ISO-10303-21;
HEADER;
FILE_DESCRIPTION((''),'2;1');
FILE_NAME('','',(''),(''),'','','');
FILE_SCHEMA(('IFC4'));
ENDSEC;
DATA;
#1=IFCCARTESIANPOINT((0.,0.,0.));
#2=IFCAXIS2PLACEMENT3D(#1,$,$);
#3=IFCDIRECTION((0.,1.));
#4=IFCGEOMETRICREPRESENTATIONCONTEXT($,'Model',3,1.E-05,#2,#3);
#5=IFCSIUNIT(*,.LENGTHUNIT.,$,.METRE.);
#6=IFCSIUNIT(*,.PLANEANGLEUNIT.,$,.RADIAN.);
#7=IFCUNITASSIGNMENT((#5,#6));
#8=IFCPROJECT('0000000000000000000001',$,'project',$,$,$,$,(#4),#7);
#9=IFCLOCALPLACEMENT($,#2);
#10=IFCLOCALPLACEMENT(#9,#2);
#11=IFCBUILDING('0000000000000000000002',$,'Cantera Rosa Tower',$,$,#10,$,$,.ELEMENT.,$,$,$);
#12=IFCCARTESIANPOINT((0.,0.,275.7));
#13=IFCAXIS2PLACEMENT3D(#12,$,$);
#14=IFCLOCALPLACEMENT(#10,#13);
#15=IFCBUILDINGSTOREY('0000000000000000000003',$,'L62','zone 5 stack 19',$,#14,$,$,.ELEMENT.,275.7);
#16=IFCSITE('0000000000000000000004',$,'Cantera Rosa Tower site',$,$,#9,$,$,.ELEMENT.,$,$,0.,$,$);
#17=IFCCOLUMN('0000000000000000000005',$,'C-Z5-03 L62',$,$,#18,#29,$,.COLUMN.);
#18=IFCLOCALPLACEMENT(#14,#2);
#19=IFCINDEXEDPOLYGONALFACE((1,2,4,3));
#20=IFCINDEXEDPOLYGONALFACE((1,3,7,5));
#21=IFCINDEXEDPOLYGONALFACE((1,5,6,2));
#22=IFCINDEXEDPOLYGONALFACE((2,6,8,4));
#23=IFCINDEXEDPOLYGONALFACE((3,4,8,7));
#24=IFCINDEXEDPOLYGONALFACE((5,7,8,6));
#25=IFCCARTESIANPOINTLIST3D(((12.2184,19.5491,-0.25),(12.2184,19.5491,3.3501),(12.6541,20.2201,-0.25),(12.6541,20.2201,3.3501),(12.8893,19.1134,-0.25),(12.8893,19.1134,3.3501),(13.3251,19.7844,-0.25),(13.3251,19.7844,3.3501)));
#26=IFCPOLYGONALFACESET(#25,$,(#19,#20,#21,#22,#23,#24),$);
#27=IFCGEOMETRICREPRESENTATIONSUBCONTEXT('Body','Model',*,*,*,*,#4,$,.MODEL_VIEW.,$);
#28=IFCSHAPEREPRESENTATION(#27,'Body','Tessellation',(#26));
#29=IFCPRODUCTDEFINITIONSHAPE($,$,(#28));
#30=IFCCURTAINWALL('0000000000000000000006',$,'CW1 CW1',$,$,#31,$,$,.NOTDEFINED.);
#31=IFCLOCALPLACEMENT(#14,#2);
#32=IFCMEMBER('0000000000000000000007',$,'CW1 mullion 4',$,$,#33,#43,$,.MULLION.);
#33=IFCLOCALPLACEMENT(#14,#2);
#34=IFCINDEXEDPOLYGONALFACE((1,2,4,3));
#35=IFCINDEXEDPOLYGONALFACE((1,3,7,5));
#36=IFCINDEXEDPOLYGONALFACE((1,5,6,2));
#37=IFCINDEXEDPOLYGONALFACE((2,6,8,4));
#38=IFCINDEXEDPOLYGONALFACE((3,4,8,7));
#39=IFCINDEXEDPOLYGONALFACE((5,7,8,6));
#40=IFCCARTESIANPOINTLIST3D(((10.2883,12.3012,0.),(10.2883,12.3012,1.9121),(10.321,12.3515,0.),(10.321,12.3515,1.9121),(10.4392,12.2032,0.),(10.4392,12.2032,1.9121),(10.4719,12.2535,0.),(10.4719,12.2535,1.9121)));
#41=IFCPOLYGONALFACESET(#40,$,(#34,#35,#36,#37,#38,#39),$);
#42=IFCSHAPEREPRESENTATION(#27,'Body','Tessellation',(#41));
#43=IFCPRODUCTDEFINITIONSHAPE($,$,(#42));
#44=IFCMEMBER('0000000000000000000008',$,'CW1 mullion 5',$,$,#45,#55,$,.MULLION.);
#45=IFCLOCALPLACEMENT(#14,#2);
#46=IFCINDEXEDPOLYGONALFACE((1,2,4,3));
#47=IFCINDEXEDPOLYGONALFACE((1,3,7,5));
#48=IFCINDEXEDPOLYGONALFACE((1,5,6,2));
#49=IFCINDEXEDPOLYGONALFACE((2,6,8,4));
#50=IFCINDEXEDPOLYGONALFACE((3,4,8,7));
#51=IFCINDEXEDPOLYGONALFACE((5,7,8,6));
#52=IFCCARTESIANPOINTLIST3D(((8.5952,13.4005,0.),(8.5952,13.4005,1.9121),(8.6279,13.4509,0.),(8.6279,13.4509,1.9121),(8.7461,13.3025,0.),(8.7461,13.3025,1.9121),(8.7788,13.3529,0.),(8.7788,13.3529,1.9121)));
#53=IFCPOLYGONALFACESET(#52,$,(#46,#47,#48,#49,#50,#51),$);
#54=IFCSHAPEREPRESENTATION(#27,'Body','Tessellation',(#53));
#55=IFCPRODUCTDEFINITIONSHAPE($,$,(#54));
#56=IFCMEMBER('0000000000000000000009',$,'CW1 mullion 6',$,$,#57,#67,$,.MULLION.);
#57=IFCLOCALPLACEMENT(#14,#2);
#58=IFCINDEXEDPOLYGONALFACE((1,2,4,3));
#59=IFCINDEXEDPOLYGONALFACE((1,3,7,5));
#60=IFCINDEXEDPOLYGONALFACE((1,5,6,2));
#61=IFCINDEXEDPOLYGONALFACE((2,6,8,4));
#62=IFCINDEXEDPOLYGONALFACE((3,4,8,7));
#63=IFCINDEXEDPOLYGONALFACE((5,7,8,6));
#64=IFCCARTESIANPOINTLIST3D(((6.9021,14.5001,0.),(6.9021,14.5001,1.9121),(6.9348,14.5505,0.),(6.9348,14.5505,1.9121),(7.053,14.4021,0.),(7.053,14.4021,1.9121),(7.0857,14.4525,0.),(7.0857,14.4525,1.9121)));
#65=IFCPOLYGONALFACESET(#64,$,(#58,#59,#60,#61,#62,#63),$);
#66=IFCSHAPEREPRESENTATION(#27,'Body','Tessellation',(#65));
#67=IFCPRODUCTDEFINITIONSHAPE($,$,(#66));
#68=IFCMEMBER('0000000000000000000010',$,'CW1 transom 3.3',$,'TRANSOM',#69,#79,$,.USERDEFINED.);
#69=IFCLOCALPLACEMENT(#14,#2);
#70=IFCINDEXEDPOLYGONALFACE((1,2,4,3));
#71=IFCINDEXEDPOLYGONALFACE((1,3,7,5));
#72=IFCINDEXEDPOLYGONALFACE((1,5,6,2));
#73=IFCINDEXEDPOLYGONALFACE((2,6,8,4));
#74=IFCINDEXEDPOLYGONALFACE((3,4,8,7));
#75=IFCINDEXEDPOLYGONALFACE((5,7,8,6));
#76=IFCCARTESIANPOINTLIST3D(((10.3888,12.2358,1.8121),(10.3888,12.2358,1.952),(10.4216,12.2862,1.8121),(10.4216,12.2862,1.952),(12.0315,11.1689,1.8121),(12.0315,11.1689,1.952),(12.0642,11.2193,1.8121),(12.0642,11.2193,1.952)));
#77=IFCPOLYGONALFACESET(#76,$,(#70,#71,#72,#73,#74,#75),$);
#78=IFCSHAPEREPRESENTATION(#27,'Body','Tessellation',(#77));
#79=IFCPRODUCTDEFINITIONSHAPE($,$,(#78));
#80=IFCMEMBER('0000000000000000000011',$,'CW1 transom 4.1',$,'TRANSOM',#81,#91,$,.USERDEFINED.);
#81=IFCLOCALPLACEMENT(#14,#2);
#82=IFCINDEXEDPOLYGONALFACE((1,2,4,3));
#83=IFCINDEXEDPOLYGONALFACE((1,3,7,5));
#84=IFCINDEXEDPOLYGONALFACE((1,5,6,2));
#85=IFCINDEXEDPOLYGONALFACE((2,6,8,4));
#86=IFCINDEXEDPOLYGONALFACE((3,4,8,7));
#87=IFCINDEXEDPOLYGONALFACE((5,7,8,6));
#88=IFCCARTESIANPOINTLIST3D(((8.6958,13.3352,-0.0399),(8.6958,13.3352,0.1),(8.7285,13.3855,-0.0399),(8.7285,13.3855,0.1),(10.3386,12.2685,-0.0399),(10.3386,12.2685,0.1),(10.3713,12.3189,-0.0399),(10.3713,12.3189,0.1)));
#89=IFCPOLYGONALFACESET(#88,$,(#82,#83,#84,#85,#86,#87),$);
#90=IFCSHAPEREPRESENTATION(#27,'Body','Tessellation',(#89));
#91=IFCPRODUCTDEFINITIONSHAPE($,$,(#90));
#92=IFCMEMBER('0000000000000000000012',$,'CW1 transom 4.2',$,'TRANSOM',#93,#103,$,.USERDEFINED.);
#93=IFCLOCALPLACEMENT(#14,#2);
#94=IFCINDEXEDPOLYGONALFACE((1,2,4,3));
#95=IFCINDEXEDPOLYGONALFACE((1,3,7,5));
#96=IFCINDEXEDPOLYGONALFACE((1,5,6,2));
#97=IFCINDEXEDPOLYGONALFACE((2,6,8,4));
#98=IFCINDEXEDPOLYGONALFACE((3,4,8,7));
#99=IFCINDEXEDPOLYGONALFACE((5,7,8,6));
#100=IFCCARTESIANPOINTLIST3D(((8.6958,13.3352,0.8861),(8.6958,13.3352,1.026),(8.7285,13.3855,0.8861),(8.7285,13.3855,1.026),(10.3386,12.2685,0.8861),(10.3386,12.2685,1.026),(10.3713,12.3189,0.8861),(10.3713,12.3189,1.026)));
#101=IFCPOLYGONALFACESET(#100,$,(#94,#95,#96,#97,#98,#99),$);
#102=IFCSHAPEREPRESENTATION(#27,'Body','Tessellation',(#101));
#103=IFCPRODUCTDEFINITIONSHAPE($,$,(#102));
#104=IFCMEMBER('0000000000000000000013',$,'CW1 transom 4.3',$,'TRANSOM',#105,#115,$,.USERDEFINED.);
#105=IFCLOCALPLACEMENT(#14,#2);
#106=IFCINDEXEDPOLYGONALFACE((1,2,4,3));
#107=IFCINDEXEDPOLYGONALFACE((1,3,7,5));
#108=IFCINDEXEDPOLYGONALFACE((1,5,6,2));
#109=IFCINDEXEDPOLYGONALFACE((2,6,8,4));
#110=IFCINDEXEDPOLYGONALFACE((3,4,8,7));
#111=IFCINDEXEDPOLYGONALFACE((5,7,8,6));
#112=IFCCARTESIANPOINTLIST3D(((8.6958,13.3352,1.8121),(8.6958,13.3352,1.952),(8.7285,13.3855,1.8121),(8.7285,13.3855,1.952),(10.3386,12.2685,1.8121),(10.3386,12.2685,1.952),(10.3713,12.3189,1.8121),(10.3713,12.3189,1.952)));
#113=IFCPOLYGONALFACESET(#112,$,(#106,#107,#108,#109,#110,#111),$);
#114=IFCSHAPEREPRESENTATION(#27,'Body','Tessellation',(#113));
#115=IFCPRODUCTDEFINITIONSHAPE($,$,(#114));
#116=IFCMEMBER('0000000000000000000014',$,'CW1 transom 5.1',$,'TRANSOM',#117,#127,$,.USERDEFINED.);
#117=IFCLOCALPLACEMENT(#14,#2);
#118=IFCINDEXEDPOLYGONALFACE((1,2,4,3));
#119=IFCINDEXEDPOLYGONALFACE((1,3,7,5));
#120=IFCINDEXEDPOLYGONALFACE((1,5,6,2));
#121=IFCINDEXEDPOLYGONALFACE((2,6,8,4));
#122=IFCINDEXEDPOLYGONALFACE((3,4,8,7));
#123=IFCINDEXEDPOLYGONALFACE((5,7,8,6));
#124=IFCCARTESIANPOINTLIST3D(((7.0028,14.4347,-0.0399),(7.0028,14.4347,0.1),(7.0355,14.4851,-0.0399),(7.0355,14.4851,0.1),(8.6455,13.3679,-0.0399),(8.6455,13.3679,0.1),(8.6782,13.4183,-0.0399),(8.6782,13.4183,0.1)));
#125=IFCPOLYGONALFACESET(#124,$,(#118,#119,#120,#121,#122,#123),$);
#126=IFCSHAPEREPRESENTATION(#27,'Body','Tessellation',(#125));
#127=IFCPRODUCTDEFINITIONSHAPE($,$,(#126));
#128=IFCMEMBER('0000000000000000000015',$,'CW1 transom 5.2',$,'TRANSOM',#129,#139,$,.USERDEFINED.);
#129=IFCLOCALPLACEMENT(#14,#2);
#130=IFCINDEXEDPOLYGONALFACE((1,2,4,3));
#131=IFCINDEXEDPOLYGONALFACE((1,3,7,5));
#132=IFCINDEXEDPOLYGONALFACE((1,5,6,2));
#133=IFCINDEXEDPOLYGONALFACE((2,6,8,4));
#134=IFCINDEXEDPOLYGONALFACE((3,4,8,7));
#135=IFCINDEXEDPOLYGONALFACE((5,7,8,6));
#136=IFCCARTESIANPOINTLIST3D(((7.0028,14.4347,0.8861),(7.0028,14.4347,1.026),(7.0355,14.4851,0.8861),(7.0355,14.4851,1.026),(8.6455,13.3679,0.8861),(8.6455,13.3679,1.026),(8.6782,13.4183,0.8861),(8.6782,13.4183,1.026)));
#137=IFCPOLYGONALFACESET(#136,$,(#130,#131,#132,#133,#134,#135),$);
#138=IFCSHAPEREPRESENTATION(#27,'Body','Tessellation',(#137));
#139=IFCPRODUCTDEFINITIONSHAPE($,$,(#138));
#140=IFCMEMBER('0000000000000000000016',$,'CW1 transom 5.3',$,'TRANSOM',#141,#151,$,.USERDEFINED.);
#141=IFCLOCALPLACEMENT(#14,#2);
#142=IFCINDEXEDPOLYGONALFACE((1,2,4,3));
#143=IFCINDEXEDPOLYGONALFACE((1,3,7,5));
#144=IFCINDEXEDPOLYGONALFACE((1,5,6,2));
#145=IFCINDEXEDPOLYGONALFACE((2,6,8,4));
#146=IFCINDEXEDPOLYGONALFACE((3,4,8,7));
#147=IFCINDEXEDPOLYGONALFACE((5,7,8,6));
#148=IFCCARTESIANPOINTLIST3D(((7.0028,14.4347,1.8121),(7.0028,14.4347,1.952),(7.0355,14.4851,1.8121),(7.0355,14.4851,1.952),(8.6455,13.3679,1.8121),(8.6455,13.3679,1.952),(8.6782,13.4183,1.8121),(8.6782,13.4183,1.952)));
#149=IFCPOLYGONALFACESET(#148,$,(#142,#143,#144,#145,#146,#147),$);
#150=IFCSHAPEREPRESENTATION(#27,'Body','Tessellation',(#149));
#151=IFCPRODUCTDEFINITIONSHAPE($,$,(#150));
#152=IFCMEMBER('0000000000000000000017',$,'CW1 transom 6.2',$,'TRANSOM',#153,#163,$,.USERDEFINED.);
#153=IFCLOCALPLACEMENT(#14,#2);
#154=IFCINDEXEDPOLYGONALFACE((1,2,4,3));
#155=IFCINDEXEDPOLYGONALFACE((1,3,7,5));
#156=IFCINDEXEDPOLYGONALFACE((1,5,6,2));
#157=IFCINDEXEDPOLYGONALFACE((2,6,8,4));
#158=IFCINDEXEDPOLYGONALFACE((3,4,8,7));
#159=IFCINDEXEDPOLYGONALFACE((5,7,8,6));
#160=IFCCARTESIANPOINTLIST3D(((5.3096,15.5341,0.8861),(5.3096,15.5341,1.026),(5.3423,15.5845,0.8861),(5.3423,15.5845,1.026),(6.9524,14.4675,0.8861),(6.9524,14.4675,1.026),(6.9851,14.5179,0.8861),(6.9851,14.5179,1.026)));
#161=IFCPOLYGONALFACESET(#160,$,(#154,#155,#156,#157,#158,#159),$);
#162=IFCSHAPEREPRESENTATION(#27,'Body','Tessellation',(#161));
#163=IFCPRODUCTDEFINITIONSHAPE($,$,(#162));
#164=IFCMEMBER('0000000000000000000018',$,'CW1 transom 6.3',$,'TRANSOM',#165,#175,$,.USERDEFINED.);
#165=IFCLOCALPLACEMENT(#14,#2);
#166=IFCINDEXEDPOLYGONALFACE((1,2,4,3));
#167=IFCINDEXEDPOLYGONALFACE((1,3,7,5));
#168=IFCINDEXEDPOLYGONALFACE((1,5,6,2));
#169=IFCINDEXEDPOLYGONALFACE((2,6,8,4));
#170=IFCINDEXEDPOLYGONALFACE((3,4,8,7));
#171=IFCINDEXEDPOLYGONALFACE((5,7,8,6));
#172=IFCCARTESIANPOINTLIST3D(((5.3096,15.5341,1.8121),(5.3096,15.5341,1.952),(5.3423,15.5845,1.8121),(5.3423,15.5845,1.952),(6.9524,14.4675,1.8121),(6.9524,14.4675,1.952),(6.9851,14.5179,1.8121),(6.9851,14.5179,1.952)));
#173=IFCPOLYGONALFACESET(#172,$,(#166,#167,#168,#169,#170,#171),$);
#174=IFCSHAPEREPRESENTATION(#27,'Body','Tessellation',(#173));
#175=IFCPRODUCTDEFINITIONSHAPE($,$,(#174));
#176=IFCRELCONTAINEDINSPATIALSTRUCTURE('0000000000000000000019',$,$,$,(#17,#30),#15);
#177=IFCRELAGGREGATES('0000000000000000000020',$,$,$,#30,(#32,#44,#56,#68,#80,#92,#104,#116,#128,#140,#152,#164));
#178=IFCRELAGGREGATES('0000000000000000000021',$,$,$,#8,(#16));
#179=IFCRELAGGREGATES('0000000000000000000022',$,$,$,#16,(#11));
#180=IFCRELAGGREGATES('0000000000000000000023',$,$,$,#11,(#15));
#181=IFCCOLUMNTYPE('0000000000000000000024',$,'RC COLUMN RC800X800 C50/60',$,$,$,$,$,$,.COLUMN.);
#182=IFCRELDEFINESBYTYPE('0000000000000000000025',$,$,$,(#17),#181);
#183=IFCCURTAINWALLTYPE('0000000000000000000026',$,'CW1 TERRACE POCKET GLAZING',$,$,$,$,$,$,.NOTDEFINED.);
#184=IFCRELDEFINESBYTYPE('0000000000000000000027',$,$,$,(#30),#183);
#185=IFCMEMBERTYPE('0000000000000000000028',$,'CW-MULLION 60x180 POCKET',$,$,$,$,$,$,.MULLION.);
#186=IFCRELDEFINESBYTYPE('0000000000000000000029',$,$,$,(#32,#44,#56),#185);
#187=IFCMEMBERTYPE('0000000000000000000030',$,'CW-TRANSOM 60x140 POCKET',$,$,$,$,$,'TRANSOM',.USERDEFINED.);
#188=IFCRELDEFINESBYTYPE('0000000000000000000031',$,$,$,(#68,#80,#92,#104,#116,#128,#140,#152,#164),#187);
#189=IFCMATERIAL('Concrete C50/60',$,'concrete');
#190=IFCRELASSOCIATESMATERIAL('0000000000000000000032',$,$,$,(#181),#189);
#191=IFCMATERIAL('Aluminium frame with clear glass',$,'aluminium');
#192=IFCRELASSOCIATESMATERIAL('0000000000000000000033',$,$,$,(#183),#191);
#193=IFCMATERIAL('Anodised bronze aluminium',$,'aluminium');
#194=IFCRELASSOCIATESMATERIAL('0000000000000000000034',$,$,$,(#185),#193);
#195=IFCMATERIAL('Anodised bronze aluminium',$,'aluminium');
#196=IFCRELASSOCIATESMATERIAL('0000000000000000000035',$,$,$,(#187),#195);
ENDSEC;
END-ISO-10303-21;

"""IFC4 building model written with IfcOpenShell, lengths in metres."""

from ifc_helpers import new_model, si_unit, direction, frame, origin, origin_2d, place, context, subcontext, project, spatial, rectangle, extrude, material, material_profile, profile_set, type_object, element, aggregate, save


model = new_model("IFC4")

# Units and contexts
model_context = context("Model", 3, precision=1e-05, world=origin(), true_north=direction((0.0, 1.0)))
body_context = subcontext(model_context, "Body", "Model", "MODEL_VIEW")
ifc_project = project(units=[si_unit("LENGTHUNIT", "METRE"), si_unit("PLANEANGLEUNIT", "RADIAN")], contexts=[model_context])

# Site, building, storey
site_placement = place(None, origin())
site = spatial("IfcSite", under=ifc_project, at=site_placement, Name="Cantera Rosa Tower site", CompositionType="ELEMENT", RefElevation=0.0)
building_placement = place(site_placement, origin())
building = spatial("IfcBuilding", under=site, at=building_placement, Name="Cantera Rosa Tower", CompositionType="ELEMENT")
storey_placement = place(building_placement, frame((0.0, 0.0, 275.7)))
storey = spatial("IfcBuildingStorey", under=building, at=storey_placement, Name="L62", Description="zone 5 stack 19", CompositionType="ELEMENT", Elevation=275.7)

# Column
ifc_material_1 = material(Name="Concrete C50/60", Category="concrete")
ifc_material_profile_1 = material_profile(ifc_material_1, rectangle(XDim=0.8, YDim=0.8, at=origin_2d()), Name="RC COLUMN RC800X800 C50/60")
ifc_profile_set_1 = profile_set([ifc_material_profile_1], Name="Concrete C50/60")
column_type = type_object("IfcColumnType", Name="RC COLUMN RC800X800 C50/60", PredefinedType="COLUMN", material=ifc_profile_set_1)
column_placement = place(storey_placement, frame((12.7717, 19.6667, -0.25), z_axis=(0.0, 0.0, 1.0), x_axis=(0.544639, 0.838671, 0.0)))
element("IfcColumn", 1, at=column_placement, inside=storey, type_object=column_type, Name="C-Z5-03 L62", PredefinedType="COLUMN", context=body_context, shape_type="SweptSolid", body=[
    extrude(rectangle(XDim=0.8, YDim=0.8, at=origin_2d()), origin(), (0.0, 0.0, 1.0), 3.6001),
])

# Curtain wall, members
ifc_material_2 = material(Name="Aluminium frame with clear glass", Category="aluminium")
curtain_wall_type = type_object("IfcCurtainWallType", Name="CW1 TERRACE POCKET GLAZING", PredefinedType="NOTDEFINED", material=ifc_material_2)
curtain_wall_placement = place(storey_placement, origin())
curtain_wall = element("IfcCurtainWall", 2, at=curtain_wall_placement, inside=storey, type_object=curtain_wall_type, Name="CW1 CW1", PredefinedType="NOTDEFINED")
ifc_material_3 = material(Name="Anodised bronze aluminium", Category="aluminium")
ifc_material_profile_2 = material_profile(ifc_material_3, rectangle(XDim=0.0601, YDim=0.1799, at=origin_2d()), Name="CW-MULLION 60x180 POCKET")
ifc_profile_set_2 = profile_set([ifc_material_profile_2], Name="Anodised bronze aluminium")
member_type_1 = type_object("IfcMemberType", Name="CW-MULLION 60x180 POCKET", PredefinedType="MULLION", material=ifc_profile_set_2)
member_1_placement = place(storey_placement, frame((10.3801, 12.2773, 0.0), z_axis=(0.0, 0.0, 1.0), x_axis=(-0.544639, -0.838671, 0.0)))
member_1 = element("IfcMember", 3, at=member_1_placement, type_object=member_type_1, Name="CW1 mullion 4", PredefinedType="MULLION", context=body_context, shape_type="SweptSolid", body=[
    extrude(rectangle(XDim=0.0601, YDim=0.1799, at=origin_2d()), origin(), (0.0, 0.0, 1.0), 1.9121),
])
member_2_placement = place(storey_placement, frame((8.687, 13.3767, 0.0), z_axis=(0.0, 0.0, 1.0), x_axis=(-0.544639, -0.838671, 0.0)))
member_2 = element("IfcMember", 4, at=member_2_placement, type_object=member_type_1, Name="CW1 mullion 5", PredefinedType="MULLION", context=body_context, shape_type="SweptSolid", body=[
    extrude(rectangle(XDim=0.0601, YDim=0.1799, at=origin_2d()), origin(), (0.0, 0.0, 1.0), 1.9121),
])
member_3_placement = place(storey_placement, frame((6.9939, 14.4763, 0.0), z_axis=(0.0, 0.0, 1.0), x_axis=(-0.544639, -0.838671, 0.0)))
member_3 = element("IfcMember", 5, at=member_3_placement, type_object=member_type_1, Name="CW1 mullion 6", PredefinedType="MULLION", context=body_context, shape_type="SweptSolid", body=[
    extrude(rectangle(XDim=0.0601, YDim=0.1799, at=origin_2d()), origin(), (0.0, 0.0, 1.0), 1.9121),
])
ifc_material_4 = material(Name="Anodised bronze aluminium", Category="aluminium")
ifc_material_profile_3 = material_profile(ifc_material_4, rectangle(XDim=0.0601, YDim=0.1399, at=origin_2d()), Name="CW-TRANSOM 60x140 POCKET")
ifc_profile_set_3 = profile_set([ifc_material_profile_3], Name="Anodised bronze aluminium")
member_type_2 = type_object("IfcMemberType", Name="CW-TRANSOM 60x140 POCKET", ElementType="TRANSOM", PredefinedType="USERDEFINED", material=ifc_profile_set_3)
member_4_placement = place(storey_placement, frame((12.0479, 11.1941, 1.8821), z_axis=(-0.838626, 0.544708, 0.0), x_axis=(-0.544708, -0.838626, 0.0)))
member_4 = element("IfcMember", 6, at=member_4_placement, type_object=member_type_2, Name="CW1 transom 3.3", ObjectType="TRANSOM", PredefinedType="USERDEFINED", context=body_context, shape_type="SweptSolid", body=[
    extrude(rectangle(XDim=0.0601, YDim=0.1399, at=origin_2d()), origin(), (0.0, 0.0, 1.0), 1.9587),
])
member_5_placement = place(storey_placement, frame((10.355, 12.2937, 0.03), z_axis=(-0.83872, 0.544563, 0.0), x_axis=(-0.544563, -0.83872, 0.0)))
member_5 = element("IfcMember", 7, at=member_5_placement, type_object=member_type_2, Name="CW1 transom 4.1", ObjectType="TRANSOM", PredefinedType="USERDEFINED", context=body_context, shape_type="SweptSolid", body=[
    extrude(rectangle(XDim=0.0601, YDim=0.1399, at=origin_2d()), origin(), (0.0, 0.0, 1.0), 1.9587),
])
member_6_placement = place(storey_placement, frame((10.355, 12.2937, 0.9561), z_axis=(-0.83872, 0.544563, 0.0), x_axis=(-0.544563, -0.83872, 0.0)))
member_6 = element("IfcMember", 8, at=member_6_placement, type_object=member_type_2, Name="CW1 transom 4.2", ObjectType="TRANSOM", PredefinedType="USERDEFINED", context=body_context, shape_type="SweptSolid", body=[
    extrude(rectangle(XDim=0.0601, YDim=0.1399, at=origin_2d()), origin(), (0.0, 0.0, 1.0), 1.9587),
])
member_7_placement = place(storey_placement, frame((10.355, 12.2937, 1.8821), z_axis=(-0.83872, 0.544563, 0.0), x_axis=(-0.544563, -0.83872, 0.0)))
member_7 = element("IfcMember", 9, at=member_7_placement, type_object=member_type_2, Name="CW1 transom 4.3", ObjectType="TRANSOM", PredefinedType="USERDEFINED", context=body_context, shape_type="SweptSolid", body=[
    extrude(rectangle(XDim=0.0601, YDim=0.1399, at=origin_2d()), origin(), (0.0, 0.0, 1.0), 1.9587),
])
member_8_placement = place(storey_placement, frame((8.6619, 13.3931, 0.03), z_axis=(-0.838663, 0.544651, 0.0), x_axis=(-0.544651, -0.838663, 0.0)))
member_8 = element("IfcMember", 10, at=member_8_placement, type_object=member_type_2, Name="CW1 transom 5.1", ObjectType="TRANSOM", PredefinedType="USERDEFINED", context=body_context, shape_type="SweptSolid", body=[
    extrude(rectangle(XDim=0.0601, YDim=0.1399, at=origin_2d()), origin(), (0.0, 0.0, 1.0), 1.9587),
])
member_9_placement = place(storey_placement, frame((8.6619, 13.3931, 0.9561), z_axis=(-0.838663, 0.544651, 0.0), x_axis=(-0.544651, -0.838663, 0.0)))
member_9 = element("IfcMember", 11, at=member_9_placement, type_object=member_type_2, Name="CW1 transom 5.2", ObjectType="TRANSOM", PredefinedType="USERDEFINED", context=body_context, shape_type="SweptSolid", body=[
    extrude(rectangle(XDim=0.0601, YDim=0.1399, at=origin_2d()), origin(), (0.0, 0.0, 1.0), 1.9587),
])
member_10_placement = place(storey_placement, frame((8.6619, 13.3931, 1.8821), z_axis=(-0.838663, 0.544651, 0.0), x_axis=(-0.544651, -0.838663, 0.0)))
member_10 = element("IfcMember", 12, at=member_10_placement, type_object=member_type_2, Name="CW1 transom 5.3", ObjectType="TRANSOM", PredefinedType="USERDEFINED", context=body_context, shape_type="SweptSolid", body=[
    extrude(rectangle(XDim=0.0601, YDim=0.1399, at=origin_2d()), origin(), (0.0, 0.0, 1.0), 1.9587),
])
member_11_placement = place(storey_placement, frame((6.9688, 14.4927, 0.9561), z_axis=(-0.83872, 0.544563, 0.0), x_axis=(-0.544563, -0.83872, 0.0)))
member_11 = element("IfcMember", 13, at=member_11_placement, type_object=member_type_2, Name="CW1 transom 6.2", ObjectType="TRANSOM", PredefinedType="USERDEFINED", context=body_context, shape_type="SweptSolid", body=[
    extrude(rectangle(XDim=0.0601, YDim=0.1399, at=origin_2d()), origin(), (0.0, 0.0, 1.0), 1.9587),
])
member_12_placement = place(storey_placement, frame((6.9688, 14.4927, 1.8821), z_axis=(-0.83872, 0.544563, 0.0), x_axis=(-0.544563, -0.83872, 0.0)))
member_12 = element("IfcMember", 14, at=member_12_placement, type_object=member_type_2, Name="CW1 transom 6.3", ObjectType="TRANSOM", PredefinedType="USERDEFINED", context=body_context, shape_type="SweptSolid", body=[
    extrude(rectangle(XDim=0.0601, YDim=0.1399, at=origin_2d()), origin(), (0.0, 0.0, 1.0), 1.9587),
])

aggregate(curtain_wall, [member_1, member_2, member_3, member_4, member_5, member_6, member_7, member_8, member_9, member_10, member_11, member_12])

save(model, "model.ifc")
